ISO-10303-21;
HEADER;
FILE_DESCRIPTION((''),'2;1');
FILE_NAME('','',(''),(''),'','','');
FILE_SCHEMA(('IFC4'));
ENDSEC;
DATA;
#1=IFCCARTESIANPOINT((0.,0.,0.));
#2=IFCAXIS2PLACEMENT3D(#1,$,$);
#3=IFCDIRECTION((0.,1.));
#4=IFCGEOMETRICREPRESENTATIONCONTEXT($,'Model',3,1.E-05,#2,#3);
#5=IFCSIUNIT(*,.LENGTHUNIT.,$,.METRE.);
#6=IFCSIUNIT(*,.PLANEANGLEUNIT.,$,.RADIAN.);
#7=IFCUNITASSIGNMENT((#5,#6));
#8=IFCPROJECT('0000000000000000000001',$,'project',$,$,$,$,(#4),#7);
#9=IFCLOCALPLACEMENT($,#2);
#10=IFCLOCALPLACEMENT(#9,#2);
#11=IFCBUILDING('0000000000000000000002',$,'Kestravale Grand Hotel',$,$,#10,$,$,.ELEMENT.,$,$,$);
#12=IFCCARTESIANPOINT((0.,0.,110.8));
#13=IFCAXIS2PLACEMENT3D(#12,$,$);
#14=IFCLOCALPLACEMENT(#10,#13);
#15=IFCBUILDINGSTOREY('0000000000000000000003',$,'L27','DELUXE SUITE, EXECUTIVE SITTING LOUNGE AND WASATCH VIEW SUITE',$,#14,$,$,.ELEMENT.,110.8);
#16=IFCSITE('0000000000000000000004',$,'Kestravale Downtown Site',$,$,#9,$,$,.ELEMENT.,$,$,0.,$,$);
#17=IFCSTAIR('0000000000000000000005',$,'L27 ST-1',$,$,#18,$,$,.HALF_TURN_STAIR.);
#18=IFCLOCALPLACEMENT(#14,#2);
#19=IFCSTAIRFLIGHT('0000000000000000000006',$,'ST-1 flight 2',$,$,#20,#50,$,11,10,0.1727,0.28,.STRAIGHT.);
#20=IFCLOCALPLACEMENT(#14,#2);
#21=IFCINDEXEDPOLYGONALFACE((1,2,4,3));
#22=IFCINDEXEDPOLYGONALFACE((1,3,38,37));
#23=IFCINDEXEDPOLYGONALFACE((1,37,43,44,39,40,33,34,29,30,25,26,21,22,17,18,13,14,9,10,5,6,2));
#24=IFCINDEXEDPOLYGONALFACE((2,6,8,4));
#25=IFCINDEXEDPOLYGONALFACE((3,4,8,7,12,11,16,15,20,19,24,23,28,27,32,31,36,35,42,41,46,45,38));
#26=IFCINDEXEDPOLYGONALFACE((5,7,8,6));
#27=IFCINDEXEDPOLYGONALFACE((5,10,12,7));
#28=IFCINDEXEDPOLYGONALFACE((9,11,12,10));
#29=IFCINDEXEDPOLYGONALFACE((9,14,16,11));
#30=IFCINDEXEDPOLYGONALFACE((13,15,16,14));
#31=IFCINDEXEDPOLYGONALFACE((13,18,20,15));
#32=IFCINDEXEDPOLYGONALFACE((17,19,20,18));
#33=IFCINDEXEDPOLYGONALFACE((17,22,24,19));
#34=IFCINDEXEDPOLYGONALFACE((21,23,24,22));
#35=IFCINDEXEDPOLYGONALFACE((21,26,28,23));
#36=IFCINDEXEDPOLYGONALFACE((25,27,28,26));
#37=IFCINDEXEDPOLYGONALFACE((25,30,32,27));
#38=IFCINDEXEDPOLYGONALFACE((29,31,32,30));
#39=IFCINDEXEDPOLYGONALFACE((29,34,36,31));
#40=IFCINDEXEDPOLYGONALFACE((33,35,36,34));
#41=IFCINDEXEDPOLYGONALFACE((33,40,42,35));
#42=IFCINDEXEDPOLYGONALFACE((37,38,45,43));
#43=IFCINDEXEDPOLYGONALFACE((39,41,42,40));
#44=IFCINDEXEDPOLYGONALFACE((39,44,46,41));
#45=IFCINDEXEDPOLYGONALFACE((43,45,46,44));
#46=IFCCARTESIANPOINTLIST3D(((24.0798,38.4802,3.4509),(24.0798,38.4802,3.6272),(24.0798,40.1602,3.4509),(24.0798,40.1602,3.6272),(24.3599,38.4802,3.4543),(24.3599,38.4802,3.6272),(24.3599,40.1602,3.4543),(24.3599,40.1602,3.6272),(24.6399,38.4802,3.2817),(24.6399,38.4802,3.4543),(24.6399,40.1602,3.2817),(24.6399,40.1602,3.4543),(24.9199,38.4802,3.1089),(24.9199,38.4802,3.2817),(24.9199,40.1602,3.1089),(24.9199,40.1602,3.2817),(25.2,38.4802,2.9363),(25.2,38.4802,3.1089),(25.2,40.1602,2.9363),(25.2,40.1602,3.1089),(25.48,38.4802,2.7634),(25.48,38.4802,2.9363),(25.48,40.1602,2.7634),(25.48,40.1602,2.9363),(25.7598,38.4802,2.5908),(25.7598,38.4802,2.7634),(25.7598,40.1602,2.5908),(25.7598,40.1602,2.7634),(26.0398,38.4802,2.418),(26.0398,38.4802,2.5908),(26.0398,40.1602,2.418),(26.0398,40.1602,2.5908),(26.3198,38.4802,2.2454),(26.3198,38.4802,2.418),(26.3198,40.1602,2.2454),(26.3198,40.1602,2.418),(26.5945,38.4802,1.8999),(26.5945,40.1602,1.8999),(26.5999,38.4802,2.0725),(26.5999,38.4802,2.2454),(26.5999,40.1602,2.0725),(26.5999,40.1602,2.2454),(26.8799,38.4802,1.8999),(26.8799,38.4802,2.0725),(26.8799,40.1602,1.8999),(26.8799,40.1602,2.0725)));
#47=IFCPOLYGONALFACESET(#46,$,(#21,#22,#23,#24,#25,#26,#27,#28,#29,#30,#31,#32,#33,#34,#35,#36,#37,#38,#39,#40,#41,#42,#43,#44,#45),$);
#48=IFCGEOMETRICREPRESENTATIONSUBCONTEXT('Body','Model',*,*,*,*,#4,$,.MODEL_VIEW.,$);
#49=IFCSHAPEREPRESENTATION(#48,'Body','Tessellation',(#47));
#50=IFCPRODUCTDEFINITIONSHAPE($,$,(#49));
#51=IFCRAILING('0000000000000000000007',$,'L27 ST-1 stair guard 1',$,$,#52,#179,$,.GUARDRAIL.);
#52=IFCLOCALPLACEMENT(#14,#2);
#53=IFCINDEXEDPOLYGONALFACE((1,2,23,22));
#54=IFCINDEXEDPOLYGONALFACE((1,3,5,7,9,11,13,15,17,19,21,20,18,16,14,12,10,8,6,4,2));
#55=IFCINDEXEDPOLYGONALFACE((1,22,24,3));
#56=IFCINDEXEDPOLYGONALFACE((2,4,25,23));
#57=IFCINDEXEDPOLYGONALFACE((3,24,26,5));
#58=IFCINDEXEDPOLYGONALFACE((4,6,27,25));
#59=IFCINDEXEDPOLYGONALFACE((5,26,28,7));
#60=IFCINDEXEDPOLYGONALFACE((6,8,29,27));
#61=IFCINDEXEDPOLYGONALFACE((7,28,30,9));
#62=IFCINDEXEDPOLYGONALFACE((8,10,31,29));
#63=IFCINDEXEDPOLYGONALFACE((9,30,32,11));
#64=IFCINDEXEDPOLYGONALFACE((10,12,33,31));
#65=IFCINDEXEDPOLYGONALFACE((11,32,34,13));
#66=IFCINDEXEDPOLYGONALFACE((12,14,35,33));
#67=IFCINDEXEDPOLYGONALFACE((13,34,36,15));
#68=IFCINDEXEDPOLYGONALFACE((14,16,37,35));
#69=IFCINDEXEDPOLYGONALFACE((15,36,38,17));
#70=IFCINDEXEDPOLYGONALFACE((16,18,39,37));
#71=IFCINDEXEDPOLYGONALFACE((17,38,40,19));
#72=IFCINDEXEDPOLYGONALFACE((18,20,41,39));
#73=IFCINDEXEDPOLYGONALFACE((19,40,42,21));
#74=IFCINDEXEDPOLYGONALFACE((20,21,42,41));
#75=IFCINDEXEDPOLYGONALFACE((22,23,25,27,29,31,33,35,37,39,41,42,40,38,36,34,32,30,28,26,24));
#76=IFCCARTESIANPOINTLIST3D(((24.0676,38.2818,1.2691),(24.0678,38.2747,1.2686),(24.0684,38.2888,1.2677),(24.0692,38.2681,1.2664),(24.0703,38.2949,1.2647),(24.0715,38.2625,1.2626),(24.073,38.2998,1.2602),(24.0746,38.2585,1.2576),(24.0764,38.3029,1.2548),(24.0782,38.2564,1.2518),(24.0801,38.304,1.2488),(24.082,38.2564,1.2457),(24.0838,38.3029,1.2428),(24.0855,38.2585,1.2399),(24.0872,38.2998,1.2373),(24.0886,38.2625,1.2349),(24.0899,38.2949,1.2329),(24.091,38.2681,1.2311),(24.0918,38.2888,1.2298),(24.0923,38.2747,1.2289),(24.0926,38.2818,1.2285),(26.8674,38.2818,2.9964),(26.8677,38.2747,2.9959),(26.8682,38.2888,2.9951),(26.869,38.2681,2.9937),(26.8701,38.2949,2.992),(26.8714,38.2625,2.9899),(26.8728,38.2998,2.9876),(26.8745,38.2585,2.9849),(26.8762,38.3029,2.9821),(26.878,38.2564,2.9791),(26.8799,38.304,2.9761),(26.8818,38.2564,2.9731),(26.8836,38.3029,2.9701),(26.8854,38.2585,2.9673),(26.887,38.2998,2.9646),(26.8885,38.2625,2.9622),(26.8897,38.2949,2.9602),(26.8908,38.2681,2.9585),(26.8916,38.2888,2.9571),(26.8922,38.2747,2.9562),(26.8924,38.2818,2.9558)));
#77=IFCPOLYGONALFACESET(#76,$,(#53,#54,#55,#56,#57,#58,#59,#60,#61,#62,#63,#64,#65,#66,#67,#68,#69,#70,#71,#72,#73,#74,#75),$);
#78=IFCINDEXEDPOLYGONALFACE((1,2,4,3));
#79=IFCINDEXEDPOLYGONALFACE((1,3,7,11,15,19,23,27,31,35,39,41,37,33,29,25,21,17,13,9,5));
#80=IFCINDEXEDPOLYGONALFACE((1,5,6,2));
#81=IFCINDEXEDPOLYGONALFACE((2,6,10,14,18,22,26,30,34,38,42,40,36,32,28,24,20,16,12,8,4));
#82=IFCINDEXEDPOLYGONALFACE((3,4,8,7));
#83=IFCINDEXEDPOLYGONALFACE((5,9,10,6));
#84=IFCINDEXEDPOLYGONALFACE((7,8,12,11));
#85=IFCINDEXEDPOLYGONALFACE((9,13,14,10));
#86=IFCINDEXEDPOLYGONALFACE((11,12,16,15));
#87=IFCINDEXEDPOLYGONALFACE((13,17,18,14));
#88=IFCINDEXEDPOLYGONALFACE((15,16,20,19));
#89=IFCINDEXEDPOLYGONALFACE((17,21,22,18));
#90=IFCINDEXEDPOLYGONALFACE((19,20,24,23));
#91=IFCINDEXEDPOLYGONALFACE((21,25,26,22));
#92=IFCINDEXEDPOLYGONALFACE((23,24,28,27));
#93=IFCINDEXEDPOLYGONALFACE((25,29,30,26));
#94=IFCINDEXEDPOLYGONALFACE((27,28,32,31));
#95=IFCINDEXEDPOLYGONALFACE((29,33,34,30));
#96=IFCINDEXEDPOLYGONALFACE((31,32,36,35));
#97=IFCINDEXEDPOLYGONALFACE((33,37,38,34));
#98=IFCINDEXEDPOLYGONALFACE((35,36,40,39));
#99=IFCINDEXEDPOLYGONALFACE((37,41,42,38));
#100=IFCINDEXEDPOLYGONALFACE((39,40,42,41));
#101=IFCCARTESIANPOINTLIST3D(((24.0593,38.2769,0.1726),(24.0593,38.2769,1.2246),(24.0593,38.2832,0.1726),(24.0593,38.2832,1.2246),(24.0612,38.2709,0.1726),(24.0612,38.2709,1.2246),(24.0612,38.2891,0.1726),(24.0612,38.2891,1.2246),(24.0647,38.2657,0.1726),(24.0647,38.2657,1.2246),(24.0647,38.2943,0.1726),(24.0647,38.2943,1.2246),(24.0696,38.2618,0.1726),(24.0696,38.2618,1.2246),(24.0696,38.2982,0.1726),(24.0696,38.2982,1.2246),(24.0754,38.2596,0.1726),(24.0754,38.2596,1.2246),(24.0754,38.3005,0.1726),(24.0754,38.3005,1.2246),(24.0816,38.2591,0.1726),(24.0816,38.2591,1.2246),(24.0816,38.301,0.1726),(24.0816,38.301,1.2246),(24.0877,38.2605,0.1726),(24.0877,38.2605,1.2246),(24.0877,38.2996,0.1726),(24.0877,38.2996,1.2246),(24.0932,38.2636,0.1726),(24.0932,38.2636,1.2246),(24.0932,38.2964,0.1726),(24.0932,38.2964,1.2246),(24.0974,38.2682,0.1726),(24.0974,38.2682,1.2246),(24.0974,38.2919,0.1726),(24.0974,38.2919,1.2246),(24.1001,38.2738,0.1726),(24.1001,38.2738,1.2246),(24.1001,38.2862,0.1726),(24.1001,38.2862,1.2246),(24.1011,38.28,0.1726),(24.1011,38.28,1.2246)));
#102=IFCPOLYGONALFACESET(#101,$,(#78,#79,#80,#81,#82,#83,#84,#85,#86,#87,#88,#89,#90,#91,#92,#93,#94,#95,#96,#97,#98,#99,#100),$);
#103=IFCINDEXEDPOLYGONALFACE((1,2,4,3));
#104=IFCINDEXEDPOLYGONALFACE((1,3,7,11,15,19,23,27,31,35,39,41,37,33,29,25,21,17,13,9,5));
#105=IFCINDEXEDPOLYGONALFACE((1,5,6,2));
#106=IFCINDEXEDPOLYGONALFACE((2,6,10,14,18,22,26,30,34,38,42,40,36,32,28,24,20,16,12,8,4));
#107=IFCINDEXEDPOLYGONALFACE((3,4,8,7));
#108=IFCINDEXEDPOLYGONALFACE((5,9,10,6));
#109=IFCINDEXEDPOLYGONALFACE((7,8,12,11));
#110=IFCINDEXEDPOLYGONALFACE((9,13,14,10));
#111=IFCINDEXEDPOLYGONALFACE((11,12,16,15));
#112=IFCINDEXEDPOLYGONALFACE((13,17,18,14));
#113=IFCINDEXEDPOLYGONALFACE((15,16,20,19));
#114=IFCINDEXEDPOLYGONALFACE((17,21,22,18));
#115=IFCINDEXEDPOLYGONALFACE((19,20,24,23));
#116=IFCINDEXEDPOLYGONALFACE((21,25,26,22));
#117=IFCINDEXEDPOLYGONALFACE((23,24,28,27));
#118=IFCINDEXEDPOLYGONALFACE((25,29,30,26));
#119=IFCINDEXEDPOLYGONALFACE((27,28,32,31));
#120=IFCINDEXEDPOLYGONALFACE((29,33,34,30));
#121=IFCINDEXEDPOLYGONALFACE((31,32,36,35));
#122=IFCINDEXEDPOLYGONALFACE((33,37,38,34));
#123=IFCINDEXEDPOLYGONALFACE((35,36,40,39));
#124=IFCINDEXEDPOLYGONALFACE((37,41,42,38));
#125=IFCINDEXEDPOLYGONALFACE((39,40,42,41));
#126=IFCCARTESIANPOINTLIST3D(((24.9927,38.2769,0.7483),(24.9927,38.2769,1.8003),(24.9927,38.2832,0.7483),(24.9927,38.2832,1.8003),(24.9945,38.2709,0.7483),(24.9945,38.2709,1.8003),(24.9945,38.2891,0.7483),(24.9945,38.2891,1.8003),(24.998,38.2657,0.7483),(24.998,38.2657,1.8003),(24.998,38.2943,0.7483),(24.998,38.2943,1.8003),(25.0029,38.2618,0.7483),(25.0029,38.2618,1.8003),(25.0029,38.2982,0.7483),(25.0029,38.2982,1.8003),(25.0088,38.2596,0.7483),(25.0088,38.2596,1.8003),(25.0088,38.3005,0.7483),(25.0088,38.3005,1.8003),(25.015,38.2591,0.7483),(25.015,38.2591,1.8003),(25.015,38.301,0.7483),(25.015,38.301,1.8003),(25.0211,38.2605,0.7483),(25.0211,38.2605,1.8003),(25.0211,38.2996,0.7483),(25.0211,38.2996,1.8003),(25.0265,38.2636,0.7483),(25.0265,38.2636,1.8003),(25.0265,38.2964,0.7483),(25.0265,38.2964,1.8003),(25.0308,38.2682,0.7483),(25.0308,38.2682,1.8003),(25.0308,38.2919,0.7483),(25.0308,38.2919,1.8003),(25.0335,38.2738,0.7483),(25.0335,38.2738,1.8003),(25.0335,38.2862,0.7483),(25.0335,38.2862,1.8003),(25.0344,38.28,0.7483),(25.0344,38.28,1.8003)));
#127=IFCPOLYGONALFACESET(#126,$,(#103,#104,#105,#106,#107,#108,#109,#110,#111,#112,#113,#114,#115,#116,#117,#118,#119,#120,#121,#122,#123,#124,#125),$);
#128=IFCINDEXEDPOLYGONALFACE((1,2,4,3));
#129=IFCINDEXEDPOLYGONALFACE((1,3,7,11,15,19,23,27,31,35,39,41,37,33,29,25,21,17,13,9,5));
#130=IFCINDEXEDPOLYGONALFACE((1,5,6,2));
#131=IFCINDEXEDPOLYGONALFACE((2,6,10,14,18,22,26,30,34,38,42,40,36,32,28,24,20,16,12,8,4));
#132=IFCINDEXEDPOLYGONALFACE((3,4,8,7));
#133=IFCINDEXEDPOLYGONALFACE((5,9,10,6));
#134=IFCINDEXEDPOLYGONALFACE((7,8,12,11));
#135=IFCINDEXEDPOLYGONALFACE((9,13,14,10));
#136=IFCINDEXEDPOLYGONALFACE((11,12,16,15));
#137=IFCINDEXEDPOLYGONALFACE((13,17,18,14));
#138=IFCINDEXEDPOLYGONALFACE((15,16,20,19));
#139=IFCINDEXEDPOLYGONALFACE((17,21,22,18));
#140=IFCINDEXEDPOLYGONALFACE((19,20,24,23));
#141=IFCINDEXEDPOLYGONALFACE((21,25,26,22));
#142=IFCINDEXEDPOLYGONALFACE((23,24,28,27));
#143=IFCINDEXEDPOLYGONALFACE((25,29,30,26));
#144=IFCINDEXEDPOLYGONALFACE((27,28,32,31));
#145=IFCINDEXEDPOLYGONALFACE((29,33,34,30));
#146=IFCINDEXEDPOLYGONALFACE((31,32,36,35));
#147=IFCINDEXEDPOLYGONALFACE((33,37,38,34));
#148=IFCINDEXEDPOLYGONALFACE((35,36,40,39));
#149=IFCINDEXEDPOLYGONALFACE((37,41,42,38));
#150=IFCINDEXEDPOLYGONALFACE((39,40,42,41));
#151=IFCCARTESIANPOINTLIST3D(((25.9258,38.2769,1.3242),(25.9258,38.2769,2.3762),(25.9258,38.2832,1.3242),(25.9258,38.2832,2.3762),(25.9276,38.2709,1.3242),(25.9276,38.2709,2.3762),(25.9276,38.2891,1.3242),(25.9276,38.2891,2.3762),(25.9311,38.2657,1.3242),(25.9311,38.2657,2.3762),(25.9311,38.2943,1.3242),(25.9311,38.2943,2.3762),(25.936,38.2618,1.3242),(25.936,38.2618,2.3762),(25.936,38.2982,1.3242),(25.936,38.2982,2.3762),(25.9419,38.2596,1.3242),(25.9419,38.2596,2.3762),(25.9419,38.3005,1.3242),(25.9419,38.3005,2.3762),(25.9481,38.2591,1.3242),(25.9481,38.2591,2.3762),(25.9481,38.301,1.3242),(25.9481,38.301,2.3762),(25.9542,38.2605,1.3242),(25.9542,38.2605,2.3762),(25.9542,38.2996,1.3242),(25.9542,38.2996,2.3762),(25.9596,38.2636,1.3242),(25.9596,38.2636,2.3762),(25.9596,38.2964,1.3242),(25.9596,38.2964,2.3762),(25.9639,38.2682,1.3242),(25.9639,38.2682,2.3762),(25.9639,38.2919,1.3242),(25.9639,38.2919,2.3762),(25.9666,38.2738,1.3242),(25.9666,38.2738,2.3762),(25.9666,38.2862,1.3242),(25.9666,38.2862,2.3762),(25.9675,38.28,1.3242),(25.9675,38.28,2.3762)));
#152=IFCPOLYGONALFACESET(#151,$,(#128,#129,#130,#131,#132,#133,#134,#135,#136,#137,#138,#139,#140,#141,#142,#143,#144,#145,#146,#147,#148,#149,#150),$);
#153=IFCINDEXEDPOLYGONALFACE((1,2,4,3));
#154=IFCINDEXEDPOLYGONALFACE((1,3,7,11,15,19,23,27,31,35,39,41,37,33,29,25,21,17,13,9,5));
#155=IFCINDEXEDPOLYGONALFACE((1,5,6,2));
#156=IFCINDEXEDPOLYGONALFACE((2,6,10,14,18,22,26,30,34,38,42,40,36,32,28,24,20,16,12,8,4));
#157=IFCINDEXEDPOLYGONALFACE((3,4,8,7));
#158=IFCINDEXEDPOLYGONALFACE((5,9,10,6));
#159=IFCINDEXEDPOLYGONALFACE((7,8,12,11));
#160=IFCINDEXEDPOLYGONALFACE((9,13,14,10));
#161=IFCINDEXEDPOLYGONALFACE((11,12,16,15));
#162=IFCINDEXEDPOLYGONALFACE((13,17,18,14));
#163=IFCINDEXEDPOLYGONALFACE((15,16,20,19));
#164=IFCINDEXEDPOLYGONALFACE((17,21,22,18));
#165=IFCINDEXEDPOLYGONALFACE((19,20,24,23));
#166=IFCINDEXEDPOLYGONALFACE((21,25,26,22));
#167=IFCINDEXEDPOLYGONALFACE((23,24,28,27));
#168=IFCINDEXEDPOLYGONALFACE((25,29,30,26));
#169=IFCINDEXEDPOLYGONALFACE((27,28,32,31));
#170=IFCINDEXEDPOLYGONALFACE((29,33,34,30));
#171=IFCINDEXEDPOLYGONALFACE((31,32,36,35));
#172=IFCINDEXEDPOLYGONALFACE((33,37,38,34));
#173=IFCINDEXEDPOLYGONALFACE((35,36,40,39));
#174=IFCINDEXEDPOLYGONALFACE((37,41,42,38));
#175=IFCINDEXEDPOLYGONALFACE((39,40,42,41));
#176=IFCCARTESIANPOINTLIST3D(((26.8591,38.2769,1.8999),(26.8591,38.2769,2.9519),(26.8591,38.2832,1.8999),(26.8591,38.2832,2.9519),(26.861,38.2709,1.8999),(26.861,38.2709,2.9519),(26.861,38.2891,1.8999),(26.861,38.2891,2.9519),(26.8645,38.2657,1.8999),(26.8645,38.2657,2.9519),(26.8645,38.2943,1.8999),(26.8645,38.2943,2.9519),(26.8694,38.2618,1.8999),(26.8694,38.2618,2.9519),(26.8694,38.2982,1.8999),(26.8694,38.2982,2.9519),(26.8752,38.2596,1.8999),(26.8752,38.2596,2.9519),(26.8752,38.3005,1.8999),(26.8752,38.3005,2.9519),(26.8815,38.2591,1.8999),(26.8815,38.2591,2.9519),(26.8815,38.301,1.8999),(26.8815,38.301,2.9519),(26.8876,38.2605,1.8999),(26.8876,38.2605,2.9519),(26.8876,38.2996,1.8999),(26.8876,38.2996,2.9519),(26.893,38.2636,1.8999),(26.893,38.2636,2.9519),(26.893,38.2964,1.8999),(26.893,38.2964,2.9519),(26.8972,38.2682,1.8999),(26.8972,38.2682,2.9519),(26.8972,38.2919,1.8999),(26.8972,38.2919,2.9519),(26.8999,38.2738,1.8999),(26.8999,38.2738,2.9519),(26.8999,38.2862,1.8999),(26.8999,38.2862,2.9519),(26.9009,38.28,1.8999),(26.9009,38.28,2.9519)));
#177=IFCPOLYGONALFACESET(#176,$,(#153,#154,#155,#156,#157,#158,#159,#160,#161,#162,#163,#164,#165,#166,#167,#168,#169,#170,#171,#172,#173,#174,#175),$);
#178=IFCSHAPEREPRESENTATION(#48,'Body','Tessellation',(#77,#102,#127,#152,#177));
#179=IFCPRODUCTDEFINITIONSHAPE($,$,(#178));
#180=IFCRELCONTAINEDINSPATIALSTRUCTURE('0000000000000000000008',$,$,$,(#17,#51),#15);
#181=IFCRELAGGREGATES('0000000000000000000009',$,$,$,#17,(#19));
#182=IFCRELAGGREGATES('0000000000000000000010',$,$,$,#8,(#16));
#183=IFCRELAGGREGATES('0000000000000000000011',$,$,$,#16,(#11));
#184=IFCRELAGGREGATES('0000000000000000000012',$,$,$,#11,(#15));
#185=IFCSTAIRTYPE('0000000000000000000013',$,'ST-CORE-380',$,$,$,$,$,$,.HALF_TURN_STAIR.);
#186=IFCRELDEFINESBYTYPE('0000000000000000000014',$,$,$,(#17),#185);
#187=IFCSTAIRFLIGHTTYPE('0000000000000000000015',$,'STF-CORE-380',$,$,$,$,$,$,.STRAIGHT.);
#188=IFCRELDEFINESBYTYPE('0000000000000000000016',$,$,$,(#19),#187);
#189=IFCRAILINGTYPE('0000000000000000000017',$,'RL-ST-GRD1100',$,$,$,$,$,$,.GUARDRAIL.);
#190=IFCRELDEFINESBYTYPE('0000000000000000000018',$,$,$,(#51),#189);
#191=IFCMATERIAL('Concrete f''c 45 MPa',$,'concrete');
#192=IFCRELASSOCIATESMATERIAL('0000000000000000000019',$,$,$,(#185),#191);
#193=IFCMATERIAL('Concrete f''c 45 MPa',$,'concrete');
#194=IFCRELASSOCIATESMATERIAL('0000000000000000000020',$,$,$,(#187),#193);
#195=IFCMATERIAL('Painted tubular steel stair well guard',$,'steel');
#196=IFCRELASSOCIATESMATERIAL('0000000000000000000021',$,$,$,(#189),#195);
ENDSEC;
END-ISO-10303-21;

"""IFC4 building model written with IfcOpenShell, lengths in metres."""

from ifc_helpers import new_model, si_unit, direction, frame, origin, origin_2d, place, context, subcontext, project, spatial, polyline, circle, outline, extrude, material, type_object, element, aggregate, save


model = new_model("IFC4")

# Units and contexts
model_context = context("Model", 3, precision=1e-05, world=origin(), true_north=direction((0.0, 1.0)))
body_context = subcontext(model_context, "Body", "Model", "MODEL_VIEW")
ifc_project = project(units=[si_unit("LENGTHUNIT", "METRE"), si_unit("PLANEANGLEUNIT", "RADIAN")], contexts=[model_context])

# Site, building, storey
site_placement = place(None, origin())
site = spatial("IfcSite", under=ifc_project, at=site_placement, Name="Kestravale Downtown Site", CompositionType="ELEMENT", RefElevation=0.0)
building_placement = place(site_placement, origin())
building = spatial("IfcBuilding", under=site, at=building_placement, Name="Kestravale Grand Hotel", CompositionType="ELEMENT")
storey_placement = place(building_placement, frame((0.0, 0.0, 110.8)))
storey = spatial("IfcBuildingStorey", under=building, at=storey_placement, Name="L27", Description="DELUXE SUITE, EXECUTIVE SITTING LOUNGE AND WASATCH VIEW SUITE", CompositionType="ELEMENT", Elevation=110.8)

# Stair, stair flight
ifc_material_1 = material(Name="Concrete f'c 45 MPa", Category="concrete")
stair_type = type_object("IfcStairType", Name="ST-CORE-380", PredefinedType="HALF_TURN_STAIR", material=ifc_material_1)
stair_placement = place(storey_placement, origin())
stair = element("IfcStair", 1, at=stair_placement, inside=storey, type_object=stair_type, Name="L27 ST-1", PredefinedType="HALF_TURN_STAIR")
ifc_material_2 = material(Name="Concrete f'c 45 MPa", Category="concrete")
stair_flight_type = type_object("IfcStairFlightType", Name="STF-CORE-380", PredefinedType="STRAIGHT", material=ifc_material_2)
stair_flight_1_placement = place(storey_placement, frame((26.8799, 39.3201, 1.8999), z_axis=(0.0, 0.0, 1.0), x_axis=(-1.0, 0.0, 0.0)))
stair_flight_1 = element("IfcStairFlight", 2, at=stair_flight_1_placement, type_object=stair_flight_type, Name="ST-1 flight 2", NumberOfRisers=11, NumberOfTreads=10, PredefinedType="STRAIGHT", RiserHeight=0.1727, TreadLength=0.28, context=body_context, shape_type="SweptSolid", body=[
    extrude(outline(polyline([(0.0, 0.0), (0.0, 0.1726), (0.28, 0.1726), (0.28, 0.3455), (0.5601, 0.3455), (0.5601, 0.5181), (0.8401, 0.5181), (0.8401, 0.6909), (1.1201, 0.6909), (1.1201, 0.8635), (1.3999, 0.8635), (1.3999, 1.0364), (1.6799, 1.0364), (1.6799, 1.209), (1.96, 1.209), (1.96, 1.3818), (2.24, 1.3818), (2.24, 1.5544), (2.52, 1.5544), (2.52, 1.7273), (2.8, 1.7273), (2.8, 1.8999), (2.8, 1.551), (0.2854, 0.0), (0.0, 0.0)])), frame((0.0, 0.8398, 0.0), z_axis=(0.0, -1.0, 0.0), x_axis=(1.0, 0.0, 0.0)), (0.0, 0.0, 1.0), 1.6799),
])
aggregate(stair, [stair_flight_1])

# Railing
ifc_material_3 = material(Name="Painted tubular steel stair well guard", Category="steel")
railing_type_1 = type_object("IfcRailingType", Name="RL-ST-GRD1100", PredefinedType="GUARDRAIL", material=ifc_material_3)
railing_1_placement = place(storey_placement, frame((24.0801, 38.28, 0.1726)))
element("IfcRailing", 3, at=railing_1_placement, inside=storey, type_object=railing_type_1, Name="L27 ST-1 stair guard 1", PredefinedType="GUARDRAIL", context=body_context, shape_type="SweptSolid", body=[
    extrude(circle(Radius=0.0239, at=origin_2d()), frame((0.0, 0.0, 1.0762), z_axis=(0.851069, 0.0, 0.525054), x_axis=(0.0, 1.0, 0.0)), (0.0, 0.0, 1.0), 3.2898),
    extrude(circle(Radius=0.021, at=origin_2d()), origin(), (0.0, 0.0, 1.0), 1.052),
    extrude(circle(Radius=0.021, at=origin_2d()), frame((0.9333, 0.0, 0.5757)), (0.0, 0.0, 1.0), 1.052),
    extrude(circle(Radius=0.021, at=origin_2d()), frame((1.8665, 0.0, 1.1516)), (0.0, 0.0, 1.0), 1.052),
    extrude(circle(Radius=0.021, at=origin_2d()), frame((2.7998, 0.0, 1.7273)), (0.0, 0.0, 1.0), 1.052),
])

save(model, "model.ifc")
